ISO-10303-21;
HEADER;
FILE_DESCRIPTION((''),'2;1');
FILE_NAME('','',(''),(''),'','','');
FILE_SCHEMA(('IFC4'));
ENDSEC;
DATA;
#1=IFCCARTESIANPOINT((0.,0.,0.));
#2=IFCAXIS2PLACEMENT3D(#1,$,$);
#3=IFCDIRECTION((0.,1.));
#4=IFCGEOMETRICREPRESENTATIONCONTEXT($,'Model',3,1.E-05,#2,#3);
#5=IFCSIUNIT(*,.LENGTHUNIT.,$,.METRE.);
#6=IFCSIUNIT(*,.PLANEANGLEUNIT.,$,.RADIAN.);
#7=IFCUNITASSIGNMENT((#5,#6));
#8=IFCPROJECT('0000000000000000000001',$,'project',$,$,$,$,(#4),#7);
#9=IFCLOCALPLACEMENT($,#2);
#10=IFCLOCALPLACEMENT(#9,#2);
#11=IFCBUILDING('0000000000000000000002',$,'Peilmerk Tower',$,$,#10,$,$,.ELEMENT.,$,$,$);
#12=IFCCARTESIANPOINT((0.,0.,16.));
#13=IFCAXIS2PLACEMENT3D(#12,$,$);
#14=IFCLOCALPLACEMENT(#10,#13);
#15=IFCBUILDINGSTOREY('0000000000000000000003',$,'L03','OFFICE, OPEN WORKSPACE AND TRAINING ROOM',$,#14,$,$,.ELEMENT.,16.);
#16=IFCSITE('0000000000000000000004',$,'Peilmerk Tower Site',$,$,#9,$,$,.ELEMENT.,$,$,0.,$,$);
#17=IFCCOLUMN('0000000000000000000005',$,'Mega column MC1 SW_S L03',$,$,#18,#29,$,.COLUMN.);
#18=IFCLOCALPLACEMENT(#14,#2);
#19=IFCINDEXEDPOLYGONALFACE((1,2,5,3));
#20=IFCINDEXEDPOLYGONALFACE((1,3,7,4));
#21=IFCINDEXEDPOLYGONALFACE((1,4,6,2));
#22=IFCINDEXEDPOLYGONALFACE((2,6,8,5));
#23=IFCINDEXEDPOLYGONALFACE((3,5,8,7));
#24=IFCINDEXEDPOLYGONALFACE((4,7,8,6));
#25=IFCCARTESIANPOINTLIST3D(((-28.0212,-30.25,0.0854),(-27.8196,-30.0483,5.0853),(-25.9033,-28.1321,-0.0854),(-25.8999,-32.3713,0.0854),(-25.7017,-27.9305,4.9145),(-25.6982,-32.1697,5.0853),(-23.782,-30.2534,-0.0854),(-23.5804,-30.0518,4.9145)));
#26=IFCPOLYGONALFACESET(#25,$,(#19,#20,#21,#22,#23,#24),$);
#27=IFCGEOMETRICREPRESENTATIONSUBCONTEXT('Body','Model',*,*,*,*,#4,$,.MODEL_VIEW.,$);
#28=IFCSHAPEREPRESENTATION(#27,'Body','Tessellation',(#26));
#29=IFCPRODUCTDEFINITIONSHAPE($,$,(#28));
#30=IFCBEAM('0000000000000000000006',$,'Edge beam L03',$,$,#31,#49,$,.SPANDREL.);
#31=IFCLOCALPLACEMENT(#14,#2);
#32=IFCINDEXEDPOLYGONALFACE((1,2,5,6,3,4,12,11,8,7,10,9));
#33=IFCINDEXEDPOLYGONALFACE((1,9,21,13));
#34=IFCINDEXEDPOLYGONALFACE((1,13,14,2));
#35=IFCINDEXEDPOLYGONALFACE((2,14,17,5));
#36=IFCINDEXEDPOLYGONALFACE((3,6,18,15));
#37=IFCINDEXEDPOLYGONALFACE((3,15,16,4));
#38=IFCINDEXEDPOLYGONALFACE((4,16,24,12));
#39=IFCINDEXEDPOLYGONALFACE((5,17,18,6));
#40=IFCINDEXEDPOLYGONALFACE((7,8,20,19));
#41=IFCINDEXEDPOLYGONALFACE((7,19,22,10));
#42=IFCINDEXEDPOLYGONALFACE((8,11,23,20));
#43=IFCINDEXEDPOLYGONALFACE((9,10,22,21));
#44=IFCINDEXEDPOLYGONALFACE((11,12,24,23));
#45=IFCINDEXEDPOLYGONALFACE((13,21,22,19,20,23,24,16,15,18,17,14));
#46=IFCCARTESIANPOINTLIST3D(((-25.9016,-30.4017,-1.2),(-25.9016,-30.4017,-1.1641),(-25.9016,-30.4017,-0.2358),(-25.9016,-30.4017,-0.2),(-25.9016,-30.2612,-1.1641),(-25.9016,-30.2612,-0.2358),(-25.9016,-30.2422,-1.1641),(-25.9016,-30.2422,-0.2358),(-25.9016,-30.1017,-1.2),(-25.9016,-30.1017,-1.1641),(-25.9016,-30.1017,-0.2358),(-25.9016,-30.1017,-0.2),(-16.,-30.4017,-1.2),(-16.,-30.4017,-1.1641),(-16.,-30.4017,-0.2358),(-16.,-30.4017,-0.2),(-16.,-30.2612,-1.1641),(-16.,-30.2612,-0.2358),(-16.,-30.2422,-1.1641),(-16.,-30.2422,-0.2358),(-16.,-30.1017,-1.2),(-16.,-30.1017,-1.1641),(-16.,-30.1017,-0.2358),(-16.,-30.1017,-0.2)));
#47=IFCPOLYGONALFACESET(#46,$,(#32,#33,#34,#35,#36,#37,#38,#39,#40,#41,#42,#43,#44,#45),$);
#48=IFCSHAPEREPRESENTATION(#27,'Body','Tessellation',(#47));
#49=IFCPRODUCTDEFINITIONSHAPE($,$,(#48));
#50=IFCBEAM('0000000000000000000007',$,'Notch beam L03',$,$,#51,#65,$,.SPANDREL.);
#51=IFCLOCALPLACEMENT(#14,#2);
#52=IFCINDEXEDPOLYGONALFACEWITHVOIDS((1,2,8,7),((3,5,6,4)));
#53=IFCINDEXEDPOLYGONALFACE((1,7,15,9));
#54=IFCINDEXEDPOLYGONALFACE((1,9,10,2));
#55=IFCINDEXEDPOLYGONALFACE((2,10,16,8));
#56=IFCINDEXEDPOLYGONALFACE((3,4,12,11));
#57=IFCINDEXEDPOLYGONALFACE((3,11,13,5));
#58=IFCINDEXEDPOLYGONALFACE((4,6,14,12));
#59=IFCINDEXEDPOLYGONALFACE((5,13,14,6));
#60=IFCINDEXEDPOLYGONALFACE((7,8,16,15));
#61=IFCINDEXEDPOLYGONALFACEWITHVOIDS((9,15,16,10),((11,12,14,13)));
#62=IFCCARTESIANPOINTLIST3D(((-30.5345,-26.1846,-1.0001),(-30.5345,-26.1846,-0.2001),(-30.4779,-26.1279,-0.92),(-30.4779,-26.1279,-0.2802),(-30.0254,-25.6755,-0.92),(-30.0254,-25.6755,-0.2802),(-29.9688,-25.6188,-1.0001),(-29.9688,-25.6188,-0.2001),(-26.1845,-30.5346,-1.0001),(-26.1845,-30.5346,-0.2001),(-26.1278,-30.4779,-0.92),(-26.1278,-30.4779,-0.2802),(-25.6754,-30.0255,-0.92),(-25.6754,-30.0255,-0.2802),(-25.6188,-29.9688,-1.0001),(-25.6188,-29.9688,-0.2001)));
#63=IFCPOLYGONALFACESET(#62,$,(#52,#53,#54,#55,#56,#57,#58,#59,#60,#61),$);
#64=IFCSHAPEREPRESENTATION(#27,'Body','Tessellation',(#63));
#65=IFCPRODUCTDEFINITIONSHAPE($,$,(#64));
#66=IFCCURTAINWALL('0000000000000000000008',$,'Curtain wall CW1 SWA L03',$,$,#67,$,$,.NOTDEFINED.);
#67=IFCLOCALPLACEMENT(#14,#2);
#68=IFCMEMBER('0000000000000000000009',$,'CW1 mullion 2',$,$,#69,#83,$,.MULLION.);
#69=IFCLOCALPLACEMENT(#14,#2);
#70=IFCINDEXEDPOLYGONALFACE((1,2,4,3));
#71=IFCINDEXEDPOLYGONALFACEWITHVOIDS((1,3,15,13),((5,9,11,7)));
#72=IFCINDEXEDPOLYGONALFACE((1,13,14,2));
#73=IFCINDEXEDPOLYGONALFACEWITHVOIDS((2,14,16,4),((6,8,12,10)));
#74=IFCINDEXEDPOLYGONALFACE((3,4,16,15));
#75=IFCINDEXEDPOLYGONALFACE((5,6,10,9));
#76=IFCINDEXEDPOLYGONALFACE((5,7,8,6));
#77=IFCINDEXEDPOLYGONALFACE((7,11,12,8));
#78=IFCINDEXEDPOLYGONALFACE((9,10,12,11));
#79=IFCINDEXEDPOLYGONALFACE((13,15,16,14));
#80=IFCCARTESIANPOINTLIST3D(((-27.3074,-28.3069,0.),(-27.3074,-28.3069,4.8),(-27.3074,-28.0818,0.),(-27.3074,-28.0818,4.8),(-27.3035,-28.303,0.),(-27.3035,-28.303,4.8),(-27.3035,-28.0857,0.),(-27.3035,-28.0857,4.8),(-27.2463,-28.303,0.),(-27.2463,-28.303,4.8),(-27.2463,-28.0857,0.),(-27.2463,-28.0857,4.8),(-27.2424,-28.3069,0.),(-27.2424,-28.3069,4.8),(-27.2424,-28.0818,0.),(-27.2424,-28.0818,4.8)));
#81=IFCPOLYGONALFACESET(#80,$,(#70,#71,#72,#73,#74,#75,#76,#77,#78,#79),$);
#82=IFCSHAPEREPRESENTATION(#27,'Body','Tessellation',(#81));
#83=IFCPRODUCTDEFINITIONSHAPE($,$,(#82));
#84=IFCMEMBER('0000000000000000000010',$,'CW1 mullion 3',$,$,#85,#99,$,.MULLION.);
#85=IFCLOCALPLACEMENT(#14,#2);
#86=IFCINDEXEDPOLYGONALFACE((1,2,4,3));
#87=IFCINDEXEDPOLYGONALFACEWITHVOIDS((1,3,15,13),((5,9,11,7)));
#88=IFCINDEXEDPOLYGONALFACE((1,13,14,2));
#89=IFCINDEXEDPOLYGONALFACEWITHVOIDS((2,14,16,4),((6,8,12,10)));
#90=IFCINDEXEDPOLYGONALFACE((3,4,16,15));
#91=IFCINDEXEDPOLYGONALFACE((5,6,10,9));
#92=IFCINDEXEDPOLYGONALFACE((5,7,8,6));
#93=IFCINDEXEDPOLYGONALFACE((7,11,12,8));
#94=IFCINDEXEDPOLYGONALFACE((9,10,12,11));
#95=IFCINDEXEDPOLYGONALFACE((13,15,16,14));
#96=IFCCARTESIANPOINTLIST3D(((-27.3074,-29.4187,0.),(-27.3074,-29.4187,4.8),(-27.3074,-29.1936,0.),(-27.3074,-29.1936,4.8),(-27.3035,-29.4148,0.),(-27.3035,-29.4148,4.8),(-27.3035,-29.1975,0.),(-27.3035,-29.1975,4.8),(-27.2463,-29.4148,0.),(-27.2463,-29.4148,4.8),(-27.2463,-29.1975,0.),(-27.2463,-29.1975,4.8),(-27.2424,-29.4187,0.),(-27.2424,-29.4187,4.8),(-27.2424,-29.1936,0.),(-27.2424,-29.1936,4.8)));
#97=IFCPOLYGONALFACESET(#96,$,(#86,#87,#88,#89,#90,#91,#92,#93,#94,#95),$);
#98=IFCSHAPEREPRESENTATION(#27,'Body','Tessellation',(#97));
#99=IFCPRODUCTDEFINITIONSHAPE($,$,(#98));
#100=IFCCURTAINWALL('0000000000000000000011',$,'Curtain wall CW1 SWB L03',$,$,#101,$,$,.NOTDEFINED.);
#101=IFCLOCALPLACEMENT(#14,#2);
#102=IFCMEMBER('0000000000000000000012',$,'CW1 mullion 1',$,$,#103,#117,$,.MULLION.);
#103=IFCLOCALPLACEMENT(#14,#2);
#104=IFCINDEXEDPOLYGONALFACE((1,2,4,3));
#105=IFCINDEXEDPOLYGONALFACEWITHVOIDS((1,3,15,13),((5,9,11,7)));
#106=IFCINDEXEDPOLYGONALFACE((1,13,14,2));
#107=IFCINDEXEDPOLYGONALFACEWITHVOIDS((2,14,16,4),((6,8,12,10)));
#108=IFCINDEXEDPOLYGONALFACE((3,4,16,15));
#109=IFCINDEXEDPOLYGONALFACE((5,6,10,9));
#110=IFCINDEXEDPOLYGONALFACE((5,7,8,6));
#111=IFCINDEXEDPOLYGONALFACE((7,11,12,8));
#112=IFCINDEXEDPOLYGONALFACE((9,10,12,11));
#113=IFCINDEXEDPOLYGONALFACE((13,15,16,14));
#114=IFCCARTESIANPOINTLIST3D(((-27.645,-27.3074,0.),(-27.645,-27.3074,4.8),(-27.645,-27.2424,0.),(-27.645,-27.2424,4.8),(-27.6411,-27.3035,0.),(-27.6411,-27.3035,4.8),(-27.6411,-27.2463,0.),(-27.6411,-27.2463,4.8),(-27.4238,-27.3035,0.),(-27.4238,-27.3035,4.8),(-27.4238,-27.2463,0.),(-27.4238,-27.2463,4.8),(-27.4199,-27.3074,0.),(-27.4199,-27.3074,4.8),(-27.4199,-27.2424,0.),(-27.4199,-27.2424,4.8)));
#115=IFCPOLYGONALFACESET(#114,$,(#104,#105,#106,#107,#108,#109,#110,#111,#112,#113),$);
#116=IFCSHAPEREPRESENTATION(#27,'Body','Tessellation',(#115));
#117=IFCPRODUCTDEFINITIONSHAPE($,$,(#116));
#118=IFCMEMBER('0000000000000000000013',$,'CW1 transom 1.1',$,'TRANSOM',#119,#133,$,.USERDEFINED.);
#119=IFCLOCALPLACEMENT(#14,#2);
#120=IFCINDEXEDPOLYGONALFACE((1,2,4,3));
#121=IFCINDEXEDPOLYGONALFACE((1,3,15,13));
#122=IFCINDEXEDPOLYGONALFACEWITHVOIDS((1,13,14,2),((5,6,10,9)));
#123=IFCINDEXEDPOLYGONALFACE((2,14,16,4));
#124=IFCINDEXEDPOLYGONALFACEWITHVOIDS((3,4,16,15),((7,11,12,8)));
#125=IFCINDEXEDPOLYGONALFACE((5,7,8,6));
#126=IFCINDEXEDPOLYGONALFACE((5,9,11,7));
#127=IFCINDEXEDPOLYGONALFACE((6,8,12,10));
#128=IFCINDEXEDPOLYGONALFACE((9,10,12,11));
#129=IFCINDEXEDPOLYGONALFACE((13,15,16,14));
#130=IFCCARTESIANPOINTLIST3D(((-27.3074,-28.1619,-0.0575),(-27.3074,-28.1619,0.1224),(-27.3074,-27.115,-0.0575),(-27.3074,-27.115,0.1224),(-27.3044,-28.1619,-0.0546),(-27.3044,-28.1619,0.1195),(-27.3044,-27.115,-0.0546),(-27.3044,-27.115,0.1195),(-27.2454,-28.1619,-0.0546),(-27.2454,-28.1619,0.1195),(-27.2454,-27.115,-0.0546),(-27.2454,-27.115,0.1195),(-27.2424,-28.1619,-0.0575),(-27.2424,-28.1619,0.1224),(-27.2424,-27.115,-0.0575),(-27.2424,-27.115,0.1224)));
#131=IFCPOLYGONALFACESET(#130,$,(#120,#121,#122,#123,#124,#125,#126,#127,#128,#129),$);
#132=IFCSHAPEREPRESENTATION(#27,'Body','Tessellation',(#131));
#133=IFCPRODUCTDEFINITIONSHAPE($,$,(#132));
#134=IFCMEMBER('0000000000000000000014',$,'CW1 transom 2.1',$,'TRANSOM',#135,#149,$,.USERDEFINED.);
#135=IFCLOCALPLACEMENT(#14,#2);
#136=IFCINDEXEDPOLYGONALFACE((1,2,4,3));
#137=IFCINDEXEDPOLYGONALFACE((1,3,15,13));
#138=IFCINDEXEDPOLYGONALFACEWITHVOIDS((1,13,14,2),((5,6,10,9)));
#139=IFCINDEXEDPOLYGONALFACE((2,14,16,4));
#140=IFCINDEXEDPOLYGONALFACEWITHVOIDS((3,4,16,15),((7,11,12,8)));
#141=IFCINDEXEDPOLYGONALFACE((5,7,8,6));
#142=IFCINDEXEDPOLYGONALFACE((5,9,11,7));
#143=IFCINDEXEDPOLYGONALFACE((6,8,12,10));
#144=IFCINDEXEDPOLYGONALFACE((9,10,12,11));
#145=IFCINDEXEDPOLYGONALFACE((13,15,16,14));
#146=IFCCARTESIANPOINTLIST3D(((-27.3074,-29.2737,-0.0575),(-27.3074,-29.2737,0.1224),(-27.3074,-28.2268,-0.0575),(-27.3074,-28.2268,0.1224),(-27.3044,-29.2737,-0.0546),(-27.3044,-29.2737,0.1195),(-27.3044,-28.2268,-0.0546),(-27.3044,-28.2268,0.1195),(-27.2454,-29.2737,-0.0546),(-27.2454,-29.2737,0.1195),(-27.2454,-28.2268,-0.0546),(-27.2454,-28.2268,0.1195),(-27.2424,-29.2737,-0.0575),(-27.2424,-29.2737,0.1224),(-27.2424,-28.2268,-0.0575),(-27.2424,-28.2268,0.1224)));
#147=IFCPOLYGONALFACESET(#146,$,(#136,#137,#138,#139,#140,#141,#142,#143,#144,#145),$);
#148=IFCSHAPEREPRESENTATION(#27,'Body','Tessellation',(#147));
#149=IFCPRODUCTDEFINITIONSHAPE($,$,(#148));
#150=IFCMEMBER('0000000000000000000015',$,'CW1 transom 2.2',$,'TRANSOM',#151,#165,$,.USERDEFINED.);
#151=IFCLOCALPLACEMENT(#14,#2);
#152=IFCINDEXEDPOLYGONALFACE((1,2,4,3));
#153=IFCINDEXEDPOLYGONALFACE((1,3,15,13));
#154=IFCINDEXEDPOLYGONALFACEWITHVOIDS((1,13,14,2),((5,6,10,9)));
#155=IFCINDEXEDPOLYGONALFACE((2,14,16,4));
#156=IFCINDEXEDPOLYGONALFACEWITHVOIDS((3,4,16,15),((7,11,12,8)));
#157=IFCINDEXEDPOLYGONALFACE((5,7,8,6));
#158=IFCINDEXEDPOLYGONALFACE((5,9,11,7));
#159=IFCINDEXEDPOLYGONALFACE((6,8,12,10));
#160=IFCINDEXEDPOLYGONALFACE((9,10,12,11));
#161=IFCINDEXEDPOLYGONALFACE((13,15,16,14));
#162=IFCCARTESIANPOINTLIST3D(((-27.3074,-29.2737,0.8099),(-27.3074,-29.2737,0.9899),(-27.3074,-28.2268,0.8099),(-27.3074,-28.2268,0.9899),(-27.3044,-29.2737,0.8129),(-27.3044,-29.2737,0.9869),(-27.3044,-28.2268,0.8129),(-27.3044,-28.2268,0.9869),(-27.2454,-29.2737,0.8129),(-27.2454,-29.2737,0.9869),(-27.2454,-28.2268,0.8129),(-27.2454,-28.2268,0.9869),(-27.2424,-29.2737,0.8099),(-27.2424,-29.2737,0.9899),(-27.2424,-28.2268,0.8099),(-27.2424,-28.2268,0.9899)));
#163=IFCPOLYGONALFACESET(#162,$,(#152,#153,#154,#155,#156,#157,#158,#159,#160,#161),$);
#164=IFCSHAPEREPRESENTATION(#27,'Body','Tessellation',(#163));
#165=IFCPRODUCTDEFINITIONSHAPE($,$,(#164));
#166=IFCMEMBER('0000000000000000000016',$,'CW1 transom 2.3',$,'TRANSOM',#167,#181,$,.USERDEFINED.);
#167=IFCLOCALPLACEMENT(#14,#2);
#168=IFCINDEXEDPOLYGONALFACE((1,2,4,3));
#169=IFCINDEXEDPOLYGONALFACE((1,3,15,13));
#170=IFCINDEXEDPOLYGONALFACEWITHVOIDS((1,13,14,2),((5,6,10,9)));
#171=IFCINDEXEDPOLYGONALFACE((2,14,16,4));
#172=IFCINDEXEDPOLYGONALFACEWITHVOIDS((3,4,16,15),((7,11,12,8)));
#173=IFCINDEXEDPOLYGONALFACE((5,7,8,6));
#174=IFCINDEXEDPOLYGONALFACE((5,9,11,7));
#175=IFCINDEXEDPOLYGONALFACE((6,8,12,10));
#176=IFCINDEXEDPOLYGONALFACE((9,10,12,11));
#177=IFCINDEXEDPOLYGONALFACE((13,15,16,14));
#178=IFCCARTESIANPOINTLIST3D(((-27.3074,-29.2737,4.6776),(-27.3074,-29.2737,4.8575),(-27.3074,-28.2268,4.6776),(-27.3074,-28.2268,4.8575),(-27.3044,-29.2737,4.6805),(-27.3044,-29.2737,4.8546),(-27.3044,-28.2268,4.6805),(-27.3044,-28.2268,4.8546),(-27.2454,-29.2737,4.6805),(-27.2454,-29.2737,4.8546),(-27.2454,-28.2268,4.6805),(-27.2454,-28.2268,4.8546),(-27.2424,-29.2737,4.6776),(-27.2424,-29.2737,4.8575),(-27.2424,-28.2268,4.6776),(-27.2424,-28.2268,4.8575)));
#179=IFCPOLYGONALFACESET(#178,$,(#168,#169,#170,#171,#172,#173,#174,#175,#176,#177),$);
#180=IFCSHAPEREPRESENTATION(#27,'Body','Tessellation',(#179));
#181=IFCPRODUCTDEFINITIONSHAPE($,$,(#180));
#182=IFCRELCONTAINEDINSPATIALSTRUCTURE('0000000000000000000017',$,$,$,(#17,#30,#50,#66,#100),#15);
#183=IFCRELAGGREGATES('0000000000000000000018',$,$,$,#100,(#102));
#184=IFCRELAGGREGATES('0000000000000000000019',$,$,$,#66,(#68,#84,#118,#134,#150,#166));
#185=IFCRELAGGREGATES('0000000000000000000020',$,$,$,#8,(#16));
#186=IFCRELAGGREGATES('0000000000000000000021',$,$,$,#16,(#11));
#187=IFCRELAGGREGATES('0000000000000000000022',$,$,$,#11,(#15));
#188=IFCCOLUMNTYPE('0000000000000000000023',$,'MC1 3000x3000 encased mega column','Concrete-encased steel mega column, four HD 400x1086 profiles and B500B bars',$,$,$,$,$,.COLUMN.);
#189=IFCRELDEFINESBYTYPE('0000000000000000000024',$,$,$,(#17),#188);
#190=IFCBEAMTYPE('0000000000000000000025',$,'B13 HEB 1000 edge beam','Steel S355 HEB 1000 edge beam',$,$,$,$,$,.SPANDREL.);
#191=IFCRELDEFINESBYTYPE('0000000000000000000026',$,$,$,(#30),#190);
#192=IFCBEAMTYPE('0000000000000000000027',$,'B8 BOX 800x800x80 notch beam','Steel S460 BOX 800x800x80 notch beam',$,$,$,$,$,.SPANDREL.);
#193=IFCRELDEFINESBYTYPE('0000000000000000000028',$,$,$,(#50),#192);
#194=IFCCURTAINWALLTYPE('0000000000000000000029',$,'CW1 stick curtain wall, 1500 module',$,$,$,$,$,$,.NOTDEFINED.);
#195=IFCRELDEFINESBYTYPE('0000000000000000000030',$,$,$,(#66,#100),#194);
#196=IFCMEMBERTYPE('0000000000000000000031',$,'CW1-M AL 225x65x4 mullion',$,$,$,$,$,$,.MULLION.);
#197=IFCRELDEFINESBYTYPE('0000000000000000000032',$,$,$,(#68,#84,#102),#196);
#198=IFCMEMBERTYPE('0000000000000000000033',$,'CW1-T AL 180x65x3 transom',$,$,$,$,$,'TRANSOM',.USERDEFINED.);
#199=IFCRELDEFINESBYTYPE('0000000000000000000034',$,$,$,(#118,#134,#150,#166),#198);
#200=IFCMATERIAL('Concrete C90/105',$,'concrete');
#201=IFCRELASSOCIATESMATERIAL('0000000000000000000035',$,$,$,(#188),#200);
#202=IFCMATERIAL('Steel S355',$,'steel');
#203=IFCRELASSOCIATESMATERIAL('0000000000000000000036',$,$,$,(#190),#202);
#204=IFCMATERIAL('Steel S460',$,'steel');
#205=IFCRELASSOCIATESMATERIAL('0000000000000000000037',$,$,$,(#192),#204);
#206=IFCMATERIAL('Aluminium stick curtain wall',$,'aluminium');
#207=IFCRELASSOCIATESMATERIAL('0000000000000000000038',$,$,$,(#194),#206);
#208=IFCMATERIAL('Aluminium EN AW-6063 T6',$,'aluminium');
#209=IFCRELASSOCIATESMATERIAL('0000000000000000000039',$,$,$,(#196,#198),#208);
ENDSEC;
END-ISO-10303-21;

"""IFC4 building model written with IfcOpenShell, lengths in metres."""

from ifc_helpers import new_model, si_unit, direction, frame, origin, origin_2d, place, context, subcontext, project, spatial, rectangle, hollow_rectangle, i_section, extrude, material, material_profile, profile_set, type_object, element, aggregate, save


model = new_model("IFC4")

# Units and contexts
model_context = context("Model", 3, precision=1e-05, world=origin(), true_north=direction((0.0, 1.0)))
body_context = subcontext(model_context, "Body", "Model", "MODEL_VIEW")
ifc_project = project(units=[si_unit("LENGTHUNIT", "METRE"), si_unit("PLANEANGLEUNIT", "RADIAN")], contexts=[model_context])

# Site, building, storey
site_placement = place(None, origin())
site = spatial("IfcSite", under=ifc_project, at=site_placement, Name="Peilmerk Tower Site", CompositionType="ELEMENT", RefElevation=0.0)
building_placement = place(site_placement, origin())
building = spatial("IfcBuilding", under=site, at=building_placement, Name="Peilmerk Tower", CompositionType="ELEMENT")
storey_placement = place(building_placement, frame((0.0, 0.0, 16.0)))
storey = spatial("IfcBuildingStorey", under=building, at=storey_placement, Name="L03", Description="OFFICE, OPEN WORKSPACE AND TRAINING ROOM", CompositionType="ELEMENT", Elevation=16.0)

# Column
ifc_material_1 = material(Name="Concrete C90/105", Category="concrete")
ifc_material_profile_1 = material_profile(ifc_material_1, rectangle(XDim=3.0, YDim=3.0, at=origin_2d()), Name="RC 3000x3000")
ifc_profile_set_1 = profile_set([ifc_material_profile_1], Name="Concrete C90/105")
column_type = type_object("IfcColumnType", Name="MC1 3000x3000 encased mega column", Description="Concrete-encased steel mega column, four HD 400x1086 profiles and B500B bars", PredefinedType="COLUMN", material=ifc_profile_set_1)
column_placement = place(storey_placement, frame((-25.9016, -30.2517, 0.0), z_axis=(0.040267, 0.040267, 0.998377), x_axis=(-0.707107, 0.707107, 0.0)))
element("IfcColumn", 1, at=column_placement, inside=storey, type_object=column_type, Name="Mega column MC1 SW_S L03", PredefinedType="COLUMN", context=body_context, shape_type="SweptSolid", body=[
    extrude(rectangle(XDim=3.0, YDim=3.0, at=origin_2d()), origin(), (0.0, 0.0, 1.0), 5.0081),
])

# Beams
ifc_material_2 = material(Name="Steel S355", Category="steel")
ifc_material_profile_2 = material_profile(ifc_material_2, i_section(OverallWidth=0.3, OverallDepth=1.0, WebThickness=0.019, FlangeThickness=0.0359, at=origin_2d()), Name="HEB 1000")
ifc_profile_set_2 = profile_set([ifc_material_profile_2], Name="Steel S355")
beam_type_1 = type_object("IfcBeamType", Name="B13 HEB 1000 edge beam", Description="Steel S355 HEB 1000 edge beam", PredefinedType="SPANDREL", material=ifc_profile_set_2)
beam_1_placement = place(storey_placement, frame((-25.9016, -30.2517, -0.7), z_axis=(1.0, 0.0, 0.0), x_axis=(0.0, 1.0, 0.0)))
element("IfcBeam", 2, at=beam_1_placement, inside=storey, type_object=beam_type_1, Name="Edge beam L03", PredefinedType="SPANDREL", context=body_context, shape_type="SweptSolid", body=[
    extrude(i_section(OverallWidth=0.3, OverallDepth=1.0, WebThickness=0.019, FlangeThickness=0.0359, at=origin_2d()), origin(), (0.0, 0.0, 1.0), 9.9016),
])
ifc_material_3 = material(Name="Steel S460", Category="steel")
ifc_material_profile_3 = material_profile(ifc_material_3, hollow_rectangle(XDim=0.8, YDim=0.8, WallThickness=0.0801, at=origin_2d()), Name="BOX 800x800x80")
ifc_profile_set_3 = profile_set([ifc_material_profile_3], Name="Steel S460")
beam_type_2 = type_object("IfcBeamType", Name="B8 BOX 800x800x80 notch beam", Description="Steel S460 BOX 800x800x80 notch beam", PredefinedType="SPANDREL", material=ifc_profile_set_3)
beam_2_placement = place(storey_placement, frame((-25.9016, -30.2517, -0.6001), z_axis=(-0.707107, 0.707107, 0.0), x_axis=(-0.707107, -0.707107, 0.0)))
element("IfcBeam", 3, at=beam_2_placement, inside=storey, type_object=beam_type_2, Name="Notch beam L03", PredefinedType="SPANDREL", context=body_context, shape_type="SweptSolid", body=[
    extrude(hollow_rectangle(XDim=0.8, YDim=0.8, WallThickness=0.0801, at=origin_2d()), origin(), (0.0, 0.0, 1.0), 6.1519),
])

# Curtain wall, members
ifc_material_4 = material(Name="Aluminium stick curtain wall", Category="aluminium")
curtain_wall_type = type_object("IfcCurtainWallType", Name="CW1 stick curtain wall, 1500 module", PredefinedType="NOTDEFINED", material=ifc_material_4)
curtain_wall_1_placement = place(storey_placement, origin())
curtain_wall_1 = element("IfcCurtainWall", 4, at=curtain_wall_1_placement, inside=storey, type_object=curtain_wall_type, Name="Curtain wall CW1 SWA L03", PredefinedType="NOTDEFINED")
ifc_material_5 = material(Name="Aluminium EN AW-6063 T6", Category="aluminium")
ifc_material_profile_4 = material_profile(ifc_material_5, hollow_rectangle(XDim=0.0649, YDim=0.2251, WallThickness=0.0039, at=origin_2d()), Name="AL 225x65x4")
ifc_profile_set_4 = profile_set([ifc_material_profile_4], Name="Aluminium EN AW-6063 T6")
member_type_1 = type_object("IfcMemberType", Name="CW1-M AL 225x65x4 mullion", PredefinedType="MULLION", material=ifc_profile_set_4)
member_1_placement = place(storey_placement, frame((-27.2749, -28.1943, 0.0), z_axis=(0.0, 0.0, 1.0), x_axis=(1.0, 0.0, 0.0)))
member_1 = element("IfcMember", 5, at=member_1_placement, type_object=member_type_1, Name="CW1 mullion 2", PredefinedType="MULLION", context=body_context, shape_type="SweptSolid", body=[
    extrude(hollow_rectangle(XDim=0.0649, YDim=0.2251, WallThickness=0.0039, at=origin_2d()), origin(), (0.0, 0.0, 1.0), 4.8),
])
member_2_placement = place(storey_placement, frame((-27.2749, -29.3062, 0.0), z_axis=(0.0, 0.0, 1.0), x_axis=(1.0, 0.0, 0.0)))
member_2 = element("IfcMember", 6, at=member_2_placement, type_object=member_type_1, Name="CW1 mullion 3", PredefinedType="MULLION", context=body_context, shape_type="SweptSolid", body=[
    extrude(hollow_rectangle(XDim=0.0649, YDim=0.2251, WallThickness=0.0039, at=origin_2d()), origin(), (0.0, 0.0, 1.0), 4.8),
])

# Curtain wall, member
curtain_wall_2_placement = place(storey_placement, origin())
curtain_wall_2 = element("IfcCurtainWall", 7, at=curtain_wall_2_placement, inside=storey, type_object=curtain_wall_type, Name="Curtain wall CW1 SWB L03", PredefinedType="NOTDEFINED")
member_3_placement = place(storey_placement, frame((-27.5325, -27.2749, 0.0), z_axis=(0.0, 0.0, 1.0), x_axis=(0.0, -1.0, 0.0)))
member_3 = element("IfcMember", 8, at=member_3_placement, type_object=member_type_1, Name="CW1 mullion 1", PredefinedType="MULLION", context=body_context, shape_type="SweptSolid", body=[
    extrude(hollow_rectangle(XDim=0.0649, YDim=0.2251, WallThickness=0.0039, at=origin_2d()), origin(), (0.0, 0.0, 1.0), 4.8),
])
aggregate(curtain_wall_2, [member_3])

# Members
ifc_material_profile_5 = material_profile(ifc_material_5, hollow_rectangle(XDim=0.0649, YDim=0.1799, WallThickness=0.0029, at=origin_2d()), Name="AL 180x65x3")
ifc_profile_set_5 = profile_set([ifc_material_profile_5], Name="Aluminium EN AW-6063 T6")
member_type_2 = type_object("IfcMemberType", Name="CW1-T AL 180x65x3 transom", ElementType="TRANSOM", PredefinedType="USERDEFINED", material=ifc_profile_set_5)
member_4_placement = place(storey_placement, frame((-27.2749, -27.115, 0.0325), z_axis=(0.0, -1.0, 0.0), x_axis=(1.0, 0.0, 0.0)))
member_4 = element("IfcMember", 9, at=member_4_placement, type_object=member_type_2, Name="CW1 transom 1.1", ObjectType="TRANSOM", PredefinedType="USERDEFINED", context=body_context, shape_type="SweptSolid", body=[
    extrude(hollow_rectangle(XDim=0.0649, YDim=0.1799, WallThickness=0.0029, at=origin_2d()), origin(), (0.0, 0.0, 1.0), 1.0469),
])
member_5_placement = place(storey_placement, frame((-27.2749, -28.2268, 0.0325), z_axis=(0.0, -1.0, 0.0), x_axis=(1.0, 0.0, 0.0)))
member_5 = element("IfcMember", 10, at=member_5_placement, type_object=member_type_2, Name="CW1 transom 2.1", ObjectType="TRANSOM", PredefinedType="USERDEFINED", context=body_context, shape_type="SweptSolid", body=[
    extrude(hollow_rectangle(XDim=0.0649, YDim=0.1799, WallThickness=0.0029, at=origin_2d()), origin(), (0.0, 0.0, 1.0), 1.0469),
])
member_6_placement = place(storey_placement, frame((-27.2749, -28.2268, 0.8999), z_axis=(0.0, -1.0, 0.0), x_axis=(1.0, 0.0, 0.0)))
member_6 = element("IfcMember", 11, at=member_6_placement, type_object=member_type_2, Name="CW1 transom 2.2", ObjectType="TRANSOM", PredefinedType="USERDEFINED", context=body_context, shape_type="SweptSolid", body=[
    extrude(hollow_rectangle(XDim=0.0649, YDim=0.1799, WallThickness=0.0029, at=origin_2d()), origin(), (0.0, 0.0, 1.0), 1.0469),
])
member_7_placement = place(storey_placement, frame((-27.2749, -28.2268, 4.7676), z_axis=(0.0, -1.0, 0.0), x_axis=(1.0, 0.0, 0.0)))
member_7 = element("IfcMember", 12, at=member_7_placement, type_object=member_type_2, Name="CW1 transom 2.3", ObjectType="TRANSOM", PredefinedType="USERDEFINED", context=body_context, shape_type="SweptSolid", body=[
    extrude(hollow_rectangle(XDim=0.0649, YDim=0.1799, WallThickness=0.0029, at=origin_2d()), origin(), (0.0, 0.0, 1.0), 1.0469),
])

aggregate(curtain_wall_1, [member_1, member_2, member_4, member_5, member_6, member_7])

save(model, "model.ifc")
